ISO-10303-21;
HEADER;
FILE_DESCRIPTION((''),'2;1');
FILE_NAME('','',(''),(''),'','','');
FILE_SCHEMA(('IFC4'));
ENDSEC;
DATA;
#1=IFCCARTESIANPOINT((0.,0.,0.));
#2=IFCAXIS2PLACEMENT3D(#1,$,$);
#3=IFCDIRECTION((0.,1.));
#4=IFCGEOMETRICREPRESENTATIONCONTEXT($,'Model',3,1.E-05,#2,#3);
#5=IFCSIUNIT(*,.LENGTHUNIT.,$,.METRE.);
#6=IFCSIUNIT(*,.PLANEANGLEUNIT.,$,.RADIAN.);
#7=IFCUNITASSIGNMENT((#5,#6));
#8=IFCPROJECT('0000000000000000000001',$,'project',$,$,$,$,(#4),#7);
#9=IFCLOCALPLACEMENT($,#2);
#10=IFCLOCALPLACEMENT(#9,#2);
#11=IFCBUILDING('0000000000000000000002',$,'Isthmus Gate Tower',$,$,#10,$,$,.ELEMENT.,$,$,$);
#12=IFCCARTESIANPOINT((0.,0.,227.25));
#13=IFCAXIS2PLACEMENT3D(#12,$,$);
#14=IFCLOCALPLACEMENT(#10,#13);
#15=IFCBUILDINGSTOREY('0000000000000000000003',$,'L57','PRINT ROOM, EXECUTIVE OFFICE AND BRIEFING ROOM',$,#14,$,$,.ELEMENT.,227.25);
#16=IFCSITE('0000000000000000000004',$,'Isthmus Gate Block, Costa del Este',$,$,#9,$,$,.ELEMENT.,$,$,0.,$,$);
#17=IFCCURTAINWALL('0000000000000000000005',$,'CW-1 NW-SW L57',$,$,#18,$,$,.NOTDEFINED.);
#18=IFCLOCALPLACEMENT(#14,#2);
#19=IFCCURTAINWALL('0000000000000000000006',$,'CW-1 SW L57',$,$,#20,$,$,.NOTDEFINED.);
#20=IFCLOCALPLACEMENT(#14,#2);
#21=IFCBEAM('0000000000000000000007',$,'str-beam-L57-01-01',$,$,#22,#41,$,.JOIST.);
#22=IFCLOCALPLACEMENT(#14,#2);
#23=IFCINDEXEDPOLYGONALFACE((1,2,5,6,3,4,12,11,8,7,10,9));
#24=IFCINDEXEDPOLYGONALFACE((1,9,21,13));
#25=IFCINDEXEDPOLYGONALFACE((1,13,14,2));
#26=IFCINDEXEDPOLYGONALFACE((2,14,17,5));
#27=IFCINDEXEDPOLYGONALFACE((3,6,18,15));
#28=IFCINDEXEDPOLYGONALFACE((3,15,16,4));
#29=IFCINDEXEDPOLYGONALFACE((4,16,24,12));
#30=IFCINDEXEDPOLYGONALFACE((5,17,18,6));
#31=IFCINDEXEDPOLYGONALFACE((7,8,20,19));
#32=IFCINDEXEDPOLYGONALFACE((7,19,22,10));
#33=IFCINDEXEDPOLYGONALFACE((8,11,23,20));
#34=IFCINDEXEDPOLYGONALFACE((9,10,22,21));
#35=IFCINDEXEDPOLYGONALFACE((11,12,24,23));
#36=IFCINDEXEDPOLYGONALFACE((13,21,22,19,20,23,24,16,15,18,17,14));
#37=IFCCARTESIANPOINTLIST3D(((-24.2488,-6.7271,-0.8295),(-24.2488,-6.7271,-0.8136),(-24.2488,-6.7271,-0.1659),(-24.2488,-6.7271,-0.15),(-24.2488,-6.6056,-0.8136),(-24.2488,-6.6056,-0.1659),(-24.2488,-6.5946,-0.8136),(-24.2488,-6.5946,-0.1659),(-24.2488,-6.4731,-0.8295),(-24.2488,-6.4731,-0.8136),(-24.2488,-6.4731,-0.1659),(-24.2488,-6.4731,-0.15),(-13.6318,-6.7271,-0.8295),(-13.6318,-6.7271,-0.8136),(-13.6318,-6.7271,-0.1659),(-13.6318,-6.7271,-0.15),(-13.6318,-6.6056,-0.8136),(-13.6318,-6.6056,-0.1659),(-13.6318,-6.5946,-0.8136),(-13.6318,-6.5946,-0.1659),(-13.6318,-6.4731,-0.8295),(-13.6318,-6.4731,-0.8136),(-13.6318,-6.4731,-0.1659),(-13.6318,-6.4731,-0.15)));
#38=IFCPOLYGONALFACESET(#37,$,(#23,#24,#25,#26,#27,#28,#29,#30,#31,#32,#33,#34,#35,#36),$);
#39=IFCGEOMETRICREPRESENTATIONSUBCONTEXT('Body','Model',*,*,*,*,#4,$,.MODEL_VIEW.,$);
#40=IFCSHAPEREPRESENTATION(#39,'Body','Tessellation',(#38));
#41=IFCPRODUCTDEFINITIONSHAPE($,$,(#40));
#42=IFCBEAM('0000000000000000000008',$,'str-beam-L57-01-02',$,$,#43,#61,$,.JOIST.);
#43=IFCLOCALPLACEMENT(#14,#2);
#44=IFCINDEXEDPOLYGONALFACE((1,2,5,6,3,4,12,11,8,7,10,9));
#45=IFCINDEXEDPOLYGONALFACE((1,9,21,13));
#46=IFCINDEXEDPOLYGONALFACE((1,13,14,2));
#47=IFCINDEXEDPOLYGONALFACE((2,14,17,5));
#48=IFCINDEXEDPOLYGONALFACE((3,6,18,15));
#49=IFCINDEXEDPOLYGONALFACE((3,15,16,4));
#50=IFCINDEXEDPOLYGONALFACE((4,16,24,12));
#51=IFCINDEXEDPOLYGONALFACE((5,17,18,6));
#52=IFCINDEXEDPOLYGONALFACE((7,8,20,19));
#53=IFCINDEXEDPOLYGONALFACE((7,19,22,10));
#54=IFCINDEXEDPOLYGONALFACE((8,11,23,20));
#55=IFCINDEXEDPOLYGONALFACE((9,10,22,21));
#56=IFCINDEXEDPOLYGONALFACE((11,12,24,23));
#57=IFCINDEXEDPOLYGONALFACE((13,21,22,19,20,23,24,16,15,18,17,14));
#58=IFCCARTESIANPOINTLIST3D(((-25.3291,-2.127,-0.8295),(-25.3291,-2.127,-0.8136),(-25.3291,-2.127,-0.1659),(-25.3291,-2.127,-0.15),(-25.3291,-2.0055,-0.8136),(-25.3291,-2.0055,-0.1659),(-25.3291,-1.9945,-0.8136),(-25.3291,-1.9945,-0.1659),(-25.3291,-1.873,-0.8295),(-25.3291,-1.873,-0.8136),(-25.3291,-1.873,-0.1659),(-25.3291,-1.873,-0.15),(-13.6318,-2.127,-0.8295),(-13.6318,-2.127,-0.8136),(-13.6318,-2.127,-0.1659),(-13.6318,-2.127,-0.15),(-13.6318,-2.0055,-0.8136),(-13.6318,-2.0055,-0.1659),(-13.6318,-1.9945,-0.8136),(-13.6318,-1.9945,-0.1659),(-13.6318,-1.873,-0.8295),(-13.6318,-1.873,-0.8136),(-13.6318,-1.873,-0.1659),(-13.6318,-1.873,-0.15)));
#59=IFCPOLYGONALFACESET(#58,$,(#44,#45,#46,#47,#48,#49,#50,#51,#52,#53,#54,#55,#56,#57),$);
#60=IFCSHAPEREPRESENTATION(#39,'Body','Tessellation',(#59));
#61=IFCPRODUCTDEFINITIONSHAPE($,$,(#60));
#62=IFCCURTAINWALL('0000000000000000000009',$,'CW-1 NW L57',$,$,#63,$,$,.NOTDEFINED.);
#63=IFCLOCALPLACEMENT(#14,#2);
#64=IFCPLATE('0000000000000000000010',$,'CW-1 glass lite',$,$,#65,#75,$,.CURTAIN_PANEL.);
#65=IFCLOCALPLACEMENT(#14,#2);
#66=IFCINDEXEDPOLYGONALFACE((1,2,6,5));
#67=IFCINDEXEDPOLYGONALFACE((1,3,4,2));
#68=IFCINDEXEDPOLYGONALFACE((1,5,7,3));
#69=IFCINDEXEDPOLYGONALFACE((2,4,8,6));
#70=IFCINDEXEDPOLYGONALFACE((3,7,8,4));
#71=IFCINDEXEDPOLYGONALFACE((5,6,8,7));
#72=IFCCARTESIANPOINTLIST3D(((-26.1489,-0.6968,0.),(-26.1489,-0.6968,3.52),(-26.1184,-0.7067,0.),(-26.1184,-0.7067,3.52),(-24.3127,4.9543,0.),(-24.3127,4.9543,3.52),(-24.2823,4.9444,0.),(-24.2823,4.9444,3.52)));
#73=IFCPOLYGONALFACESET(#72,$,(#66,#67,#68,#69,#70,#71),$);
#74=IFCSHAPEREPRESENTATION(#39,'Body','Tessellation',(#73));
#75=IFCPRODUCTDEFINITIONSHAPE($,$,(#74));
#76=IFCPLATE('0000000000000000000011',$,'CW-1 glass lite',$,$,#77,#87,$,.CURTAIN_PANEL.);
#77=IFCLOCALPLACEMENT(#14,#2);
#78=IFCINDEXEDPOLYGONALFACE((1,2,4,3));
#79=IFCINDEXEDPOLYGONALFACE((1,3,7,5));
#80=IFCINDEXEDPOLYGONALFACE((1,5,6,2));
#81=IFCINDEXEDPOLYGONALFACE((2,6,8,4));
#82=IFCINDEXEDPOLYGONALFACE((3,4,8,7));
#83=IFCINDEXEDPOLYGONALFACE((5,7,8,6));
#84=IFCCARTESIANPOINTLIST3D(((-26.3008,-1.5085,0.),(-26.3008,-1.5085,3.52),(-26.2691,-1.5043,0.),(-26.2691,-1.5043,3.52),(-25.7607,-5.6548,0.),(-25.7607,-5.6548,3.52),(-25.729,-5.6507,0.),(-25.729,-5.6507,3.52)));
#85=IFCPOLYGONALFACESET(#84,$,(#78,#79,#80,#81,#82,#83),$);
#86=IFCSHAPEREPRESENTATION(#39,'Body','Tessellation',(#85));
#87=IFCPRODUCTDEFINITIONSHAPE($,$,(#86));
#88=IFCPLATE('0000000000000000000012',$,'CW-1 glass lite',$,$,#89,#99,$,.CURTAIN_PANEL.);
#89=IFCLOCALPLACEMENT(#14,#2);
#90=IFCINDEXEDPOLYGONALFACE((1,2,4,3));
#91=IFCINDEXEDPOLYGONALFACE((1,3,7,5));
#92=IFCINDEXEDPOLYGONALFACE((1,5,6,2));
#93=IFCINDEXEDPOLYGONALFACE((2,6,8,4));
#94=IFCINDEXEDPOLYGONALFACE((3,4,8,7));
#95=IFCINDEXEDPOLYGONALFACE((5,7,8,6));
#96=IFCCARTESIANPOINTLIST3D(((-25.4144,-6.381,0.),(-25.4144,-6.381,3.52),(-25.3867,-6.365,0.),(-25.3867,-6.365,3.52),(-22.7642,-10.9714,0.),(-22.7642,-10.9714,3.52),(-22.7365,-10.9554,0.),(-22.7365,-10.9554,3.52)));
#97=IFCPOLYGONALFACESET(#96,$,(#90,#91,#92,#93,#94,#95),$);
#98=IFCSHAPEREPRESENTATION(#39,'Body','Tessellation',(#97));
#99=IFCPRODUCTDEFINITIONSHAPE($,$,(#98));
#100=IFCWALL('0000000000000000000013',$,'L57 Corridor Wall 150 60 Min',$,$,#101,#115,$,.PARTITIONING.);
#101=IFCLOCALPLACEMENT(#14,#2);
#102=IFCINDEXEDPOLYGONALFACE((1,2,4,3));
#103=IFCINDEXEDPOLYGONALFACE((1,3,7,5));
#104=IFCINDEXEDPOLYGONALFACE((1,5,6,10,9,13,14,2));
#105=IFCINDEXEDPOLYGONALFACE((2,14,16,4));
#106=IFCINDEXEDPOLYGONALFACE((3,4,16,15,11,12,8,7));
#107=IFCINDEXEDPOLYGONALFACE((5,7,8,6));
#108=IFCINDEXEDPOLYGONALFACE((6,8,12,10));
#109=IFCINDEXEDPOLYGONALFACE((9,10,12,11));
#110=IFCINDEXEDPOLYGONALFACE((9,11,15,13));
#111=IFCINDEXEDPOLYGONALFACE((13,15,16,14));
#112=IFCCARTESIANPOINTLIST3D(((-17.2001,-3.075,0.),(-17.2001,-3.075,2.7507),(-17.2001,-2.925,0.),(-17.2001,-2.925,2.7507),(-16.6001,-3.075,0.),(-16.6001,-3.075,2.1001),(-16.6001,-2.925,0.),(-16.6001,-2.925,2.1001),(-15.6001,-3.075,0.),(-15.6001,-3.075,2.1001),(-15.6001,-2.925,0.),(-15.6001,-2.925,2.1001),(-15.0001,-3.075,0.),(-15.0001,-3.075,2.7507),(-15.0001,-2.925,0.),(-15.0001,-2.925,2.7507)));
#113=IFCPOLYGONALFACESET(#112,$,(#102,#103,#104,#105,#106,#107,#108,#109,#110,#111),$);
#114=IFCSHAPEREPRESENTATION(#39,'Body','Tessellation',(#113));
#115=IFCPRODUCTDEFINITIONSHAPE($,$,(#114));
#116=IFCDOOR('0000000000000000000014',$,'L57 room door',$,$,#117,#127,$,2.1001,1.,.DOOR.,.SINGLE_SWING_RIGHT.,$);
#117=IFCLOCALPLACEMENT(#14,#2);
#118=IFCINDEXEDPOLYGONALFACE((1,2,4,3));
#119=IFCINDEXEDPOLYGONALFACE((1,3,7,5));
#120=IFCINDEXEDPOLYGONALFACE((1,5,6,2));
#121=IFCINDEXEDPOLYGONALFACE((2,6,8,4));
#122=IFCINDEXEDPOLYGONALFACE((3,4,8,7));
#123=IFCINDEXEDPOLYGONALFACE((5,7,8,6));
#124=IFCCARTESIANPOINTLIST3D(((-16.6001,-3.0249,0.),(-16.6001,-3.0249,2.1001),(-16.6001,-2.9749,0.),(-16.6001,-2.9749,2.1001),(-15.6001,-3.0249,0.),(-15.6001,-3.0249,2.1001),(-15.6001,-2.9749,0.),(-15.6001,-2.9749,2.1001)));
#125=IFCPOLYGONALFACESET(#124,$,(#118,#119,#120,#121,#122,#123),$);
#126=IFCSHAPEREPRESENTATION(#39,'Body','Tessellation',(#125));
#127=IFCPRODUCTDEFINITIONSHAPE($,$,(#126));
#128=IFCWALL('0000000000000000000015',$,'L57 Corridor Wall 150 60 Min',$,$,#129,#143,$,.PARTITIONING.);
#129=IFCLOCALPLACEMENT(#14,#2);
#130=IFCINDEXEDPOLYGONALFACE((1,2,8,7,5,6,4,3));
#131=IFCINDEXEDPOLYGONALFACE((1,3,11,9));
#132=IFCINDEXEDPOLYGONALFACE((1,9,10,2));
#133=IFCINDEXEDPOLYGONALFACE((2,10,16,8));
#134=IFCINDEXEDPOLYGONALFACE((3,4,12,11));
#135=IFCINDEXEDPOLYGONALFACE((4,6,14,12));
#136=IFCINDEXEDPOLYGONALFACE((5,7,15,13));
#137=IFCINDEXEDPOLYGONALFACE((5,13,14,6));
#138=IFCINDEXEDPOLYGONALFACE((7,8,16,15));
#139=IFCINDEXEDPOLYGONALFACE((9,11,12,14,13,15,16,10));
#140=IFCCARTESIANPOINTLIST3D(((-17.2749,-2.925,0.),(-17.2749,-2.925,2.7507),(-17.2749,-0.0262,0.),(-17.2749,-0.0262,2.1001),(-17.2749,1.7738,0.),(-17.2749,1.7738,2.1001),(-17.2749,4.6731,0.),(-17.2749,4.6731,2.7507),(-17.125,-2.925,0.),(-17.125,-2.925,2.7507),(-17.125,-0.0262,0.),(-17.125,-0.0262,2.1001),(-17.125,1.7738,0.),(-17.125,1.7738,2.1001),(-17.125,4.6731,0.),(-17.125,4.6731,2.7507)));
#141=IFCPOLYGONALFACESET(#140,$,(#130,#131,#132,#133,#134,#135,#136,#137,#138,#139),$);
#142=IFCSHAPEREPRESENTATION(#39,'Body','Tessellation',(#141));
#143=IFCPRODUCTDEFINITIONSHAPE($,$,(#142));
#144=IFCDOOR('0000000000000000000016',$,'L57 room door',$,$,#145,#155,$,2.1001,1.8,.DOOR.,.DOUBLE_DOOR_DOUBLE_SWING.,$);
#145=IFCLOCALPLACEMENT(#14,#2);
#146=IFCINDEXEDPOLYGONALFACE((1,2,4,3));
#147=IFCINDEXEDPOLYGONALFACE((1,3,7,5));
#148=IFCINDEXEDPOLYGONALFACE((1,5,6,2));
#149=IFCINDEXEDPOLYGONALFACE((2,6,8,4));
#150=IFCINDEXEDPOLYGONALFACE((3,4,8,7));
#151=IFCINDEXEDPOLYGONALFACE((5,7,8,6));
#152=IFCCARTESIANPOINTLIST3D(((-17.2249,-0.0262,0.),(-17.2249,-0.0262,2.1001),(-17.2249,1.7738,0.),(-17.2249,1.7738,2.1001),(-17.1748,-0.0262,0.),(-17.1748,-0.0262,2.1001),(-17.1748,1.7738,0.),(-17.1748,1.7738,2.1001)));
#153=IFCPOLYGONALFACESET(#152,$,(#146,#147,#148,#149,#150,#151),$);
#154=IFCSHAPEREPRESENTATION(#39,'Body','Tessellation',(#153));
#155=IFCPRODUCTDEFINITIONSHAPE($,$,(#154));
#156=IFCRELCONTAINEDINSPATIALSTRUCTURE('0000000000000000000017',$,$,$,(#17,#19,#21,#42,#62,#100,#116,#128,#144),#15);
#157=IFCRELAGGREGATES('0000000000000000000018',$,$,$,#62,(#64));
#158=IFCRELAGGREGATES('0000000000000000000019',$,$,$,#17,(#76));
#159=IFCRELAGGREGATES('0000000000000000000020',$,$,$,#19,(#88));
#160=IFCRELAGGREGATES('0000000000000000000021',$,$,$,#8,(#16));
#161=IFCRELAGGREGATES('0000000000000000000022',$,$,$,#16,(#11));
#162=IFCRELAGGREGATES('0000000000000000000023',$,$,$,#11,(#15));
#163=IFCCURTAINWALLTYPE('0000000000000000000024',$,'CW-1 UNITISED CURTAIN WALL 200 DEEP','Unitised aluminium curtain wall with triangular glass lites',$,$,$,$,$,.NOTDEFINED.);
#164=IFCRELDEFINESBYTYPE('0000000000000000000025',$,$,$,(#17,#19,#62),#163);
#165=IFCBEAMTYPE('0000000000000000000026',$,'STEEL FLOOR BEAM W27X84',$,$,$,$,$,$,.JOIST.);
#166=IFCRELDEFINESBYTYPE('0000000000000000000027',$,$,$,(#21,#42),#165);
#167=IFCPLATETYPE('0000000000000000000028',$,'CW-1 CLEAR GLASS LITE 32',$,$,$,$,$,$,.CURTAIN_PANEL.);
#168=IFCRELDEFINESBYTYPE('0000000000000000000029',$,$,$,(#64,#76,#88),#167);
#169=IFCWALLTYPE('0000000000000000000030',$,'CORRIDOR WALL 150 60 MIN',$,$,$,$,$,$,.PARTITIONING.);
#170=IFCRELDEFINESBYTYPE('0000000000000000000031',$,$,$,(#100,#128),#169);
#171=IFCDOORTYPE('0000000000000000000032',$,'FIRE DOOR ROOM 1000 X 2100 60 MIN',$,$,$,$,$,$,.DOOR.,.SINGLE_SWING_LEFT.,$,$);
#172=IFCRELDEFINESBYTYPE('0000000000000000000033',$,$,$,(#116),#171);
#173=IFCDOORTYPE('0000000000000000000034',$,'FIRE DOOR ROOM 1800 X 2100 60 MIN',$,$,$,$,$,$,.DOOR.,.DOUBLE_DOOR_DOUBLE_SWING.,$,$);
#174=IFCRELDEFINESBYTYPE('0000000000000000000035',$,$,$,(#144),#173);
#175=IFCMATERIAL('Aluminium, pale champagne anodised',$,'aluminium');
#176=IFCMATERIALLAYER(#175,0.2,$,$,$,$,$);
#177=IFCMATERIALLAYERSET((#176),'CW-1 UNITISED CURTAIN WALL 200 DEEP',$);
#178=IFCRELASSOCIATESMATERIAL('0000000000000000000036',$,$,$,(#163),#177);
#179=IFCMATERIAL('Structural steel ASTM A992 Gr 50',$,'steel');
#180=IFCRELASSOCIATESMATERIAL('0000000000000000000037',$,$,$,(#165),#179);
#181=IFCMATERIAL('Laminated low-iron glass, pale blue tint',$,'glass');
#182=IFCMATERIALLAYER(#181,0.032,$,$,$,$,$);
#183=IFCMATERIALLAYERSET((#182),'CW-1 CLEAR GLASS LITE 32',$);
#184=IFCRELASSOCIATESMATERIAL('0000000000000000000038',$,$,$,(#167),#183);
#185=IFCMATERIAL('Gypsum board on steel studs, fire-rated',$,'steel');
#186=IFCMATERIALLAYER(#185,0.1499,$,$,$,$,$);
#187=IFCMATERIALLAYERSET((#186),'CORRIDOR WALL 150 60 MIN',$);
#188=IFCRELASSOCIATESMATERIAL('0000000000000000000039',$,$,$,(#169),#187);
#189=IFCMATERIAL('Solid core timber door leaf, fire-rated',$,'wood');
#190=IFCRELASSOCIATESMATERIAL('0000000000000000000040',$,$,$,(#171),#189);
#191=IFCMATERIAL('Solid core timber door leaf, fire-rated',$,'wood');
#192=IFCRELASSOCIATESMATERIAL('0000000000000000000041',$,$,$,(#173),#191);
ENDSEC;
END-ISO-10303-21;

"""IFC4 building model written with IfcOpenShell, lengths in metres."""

from ifc_helpers import new_model, si_unit, direction, frame, frame_2d, origin, origin_2d, place, context, subcontext, project, spatial, rectangle, i_section, extrude, material, layer, layer_set, material_profile, profile_set, type_object, element, fill, aggregate, save


model = new_model("IFC4")

# Units and contexts
model_context = context("Model", 3, precision=1e-05, world=origin(), true_north=direction((0.0, 1.0)))
body_context = subcontext(model_context, "Body", "Model", "MODEL_VIEW")
ifc_project = project(units=[si_unit("LENGTHUNIT", "METRE"), si_unit("PLANEANGLEUNIT", "RADIAN")], contexts=[model_context])

# Site, building, storey
site_placement = place(None, origin())
site = spatial("IfcSite", under=ifc_project, at=site_placement, Name="Isthmus Gate Block, Costa del Este", CompositionType="ELEMENT", RefElevation=0.0)
building_placement = place(site_placement, origin())
building = spatial("IfcBuilding", under=site, at=building_placement, Name="Isthmus Gate Tower", CompositionType="ELEMENT")
storey_placement = place(building_placement, frame((0.0, 0.0, 227.25)))
storey = spatial("IfcBuildingStorey", under=building, at=storey_placement, Name="L57", Description="PRINT ROOM, EXECUTIVE OFFICE AND BRIEFING ROOM", CompositionType="ELEMENT", Elevation=227.25)

# Curtain walls
ifc_material_1 = material(Name="Aluminium, pale champagne anodised", Category="aluminium")
ifc_layer_1 = layer(ifc_material_1, 0.2)
ifc_layer_set_1 = layer_set([ifc_layer_1], Name="CW-1 UNITISED CURTAIN WALL 200 DEEP")
curtain_wall_type = type_object("IfcCurtainWallType", Name="CW-1 UNITISED CURTAIN WALL 200 DEEP", Description="Unitised aluminium curtain wall with triangular glass lites", PredefinedType="NOTDEFINED", material=ifc_layer_set_1)
curtain_wall_1_placement = place(storey_placement, origin())
curtain_wall_1 = element("IfcCurtainWall", 1, at=curtain_wall_1_placement, inside=storey, type_object=curtain_wall_type, Name="CW-1 NW-SW L57", PredefinedType="NOTDEFINED")
curtain_wall_2_placement = place(storey_placement, origin())
curtain_wall_2 = element("IfcCurtainWall", 2, at=curtain_wall_2_placement, inside=storey, type_object=curtain_wall_type, Name="CW-1 SW L57", PredefinedType="NOTDEFINED")

# Beams
ifc_material_2 = material(Name="Structural steel ASTM A992 Gr 50", Category="steel")
ifc_material_profile_1 = material_profile(ifc_material_2, i_section(OverallWidth=0.2539, OverallDepth=0.6794, WebThickness=0.011, FlangeThickness=0.0159, at=origin_2d()), Name="W27X84")
ifc_profile_set_1 = profile_set([ifc_material_profile_1], Name="Structural steel ASTM A992 Gr 50")
beam_type_1 = type_object("IfcBeamType", Name="STEEL FLOOR BEAM W27X84", PredefinedType="JOIST", material=ifc_profile_set_1)
beam_1_placement = place(storey_placement, frame((-24.2488, -6.6001, -0.4897), z_axis=(1.0, 0.0, 0.0), x_axis=(0.0, 1.0, 0.0)))
element("IfcBeam", 3, at=beam_1_placement, inside=storey, type_object=beam_type_1, Name="str-beam-L57-01-01", PredefinedType="JOIST", context=body_context, shape_type="SweptSolid", body=[
    extrude(i_section(OverallWidth=0.2539, OverallDepth=0.6794, WebThickness=0.011, FlangeThickness=0.0159, at=origin_2d()), origin(), (0.0, 0.0, 1.0), 10.6169),
])
beam_2_placement = place(storey_placement, frame((-25.3291, -2.0, -0.4897), z_axis=(1.0, 0.0, 0.0), x_axis=(0.0, 1.0, 0.0)))
element("IfcBeam", 4, at=beam_2_placement, inside=storey, type_object=beam_type_1, Name="str-beam-L57-01-02", PredefinedType="JOIST", context=body_context, shape_type="SweptSolid", body=[
    extrude(i_section(OverallWidth=0.2539, OverallDepth=0.6794, WebThickness=0.011, FlangeThickness=0.0159, at=origin_2d()), origin(), (0.0, 0.0, 1.0), 11.6973),
])

# Curtain wall, plate
curtain_wall_3_placement = place(storey_placement, origin())
curtain_wall_3 = element("IfcCurtainWall", 5, at=curtain_wall_3_placement, inside=storey, type_object=curtain_wall_type, Name="CW-1 NW L57", PredefinedType="NOTDEFINED")
ifc_material_3 = material(Name="Laminated low-iron glass, pale blue tint", Category="glass")
ifc_layer_2 = layer(ifc_material_3, 0.032)
ifc_layer_set_2 = layer_set([ifc_layer_2], Name="CW-1 CLEAR GLASS LITE 32")
plate_type = type_object("IfcPlateType", Name="CW-1 CLEAR GLASS LITE 32", PredefinedType="CURTAIN_PANEL", material=ifc_layer_set_2)
plate_1_placement = place(storey_placement, frame((-25.2156, 2.1238, 0.0), z_axis=(0.0, 0.0, 1.0), x_axis=(-0.309017, -0.951057, 0.0)))
plate_1 = element("IfcPlate", 6, at=plate_1_placement, type_object=plate_type, Name="CW-1 glass lite", PredefinedType="CURTAIN_PANEL", context=body_context, shape_type="SweptSolid", body=[
    extrude(rectangle(XDim=5.9419, YDim=0.032, at=origin_2d()), origin(), (0.0, 0.0, 1.0), 3.52),
])
aggregate(curtain_wall_3, [plate_1])

# Plates
plate_2_placement = place(storey_placement, frame((-26.0149, -3.5796, 0.0), z_axis=(0.0, 0.0, 1.0), x_axis=(0.129165, -0.991623, 0.0)))
plate_2 = element("IfcPlate", 7, at=plate_2_placement, type_object=plate_type, Name="CW-1 glass lite", PredefinedType="CURTAIN_PANEL", context=body_context, shape_type="SweptSolid", body=[
    extrude(rectangle(XDim=4.1814, YDim=0.032, at=origin_2d()), origin(), (0.0, 0.0, 1.0), 3.52),
])
aggregate(curtain_wall_1, [plate_2])
plate_3_placement = place(storey_placement, frame((-24.0754, -8.6682, 0.0), z_axis=(0.0, 0.0, 1.0), x_axis=(0.5, -0.866025, 0.0)))
plate_3 = element("IfcPlate", 8, at=plate_3_placement, type_object=plate_type, Name="CW-1 glass lite", PredefinedType="CURTAIN_PANEL", context=body_context, shape_type="SweptSolid", body=[
    extrude(rectangle(XDim=5.3005, YDim=0.032, at=origin_2d()), origin(), (0.0, 0.0, 1.0), 3.52),
])
aggregate(curtain_wall_2, [plate_3])

# Walls, openings, doors
ifc_material_4 = material(Name="Gypsum board on steel studs, fire-rated", Category="steel")
ifc_layer_3 = layer(ifc_material_4, 0.1499)
ifc_layer_set_3 = layer_set([ifc_layer_3], Name="CORRIDOR WALL 150 60 MIN")
wall_type_1 = type_object("IfcWallType", Name="CORRIDOR WALL 150 60 MIN", PredefinedType="PARTITIONING", material=ifc_layer_set_3)
wall_1_placement = place(storey_placement, frame((-15.0, -3.0, 0.0), z_axis=(0.0, 0.0, 1.0), x_axis=(-1.0, 0.0, 0.0)))
wall_1 = element("IfcWall", 9, at=wall_1_placement, inside=storey, type_object=wall_type_1, Name="L57 Corridor Wall 150 60 Min", PredefinedType="PARTITIONING", context=body_context, shape_type="SweptSolid", body=[
    extrude(rectangle(XDim=2.2, YDim=0.1499, at=frame_2d((1.1001, 0.0))), origin(), (0.0, 0.0, 1.0), 2.7507),
])
opening_1_placement = place(wall_1_placement, frame((0.6001, 0.0, 0.0)))
opening_1 = element("IfcOpeningElement", 10, at=opening_1_placement, cuts=wall_1, PredefinedType="OPENING", context=body_context, shape_type="SweptSolid", body=[
    extrude(rectangle(XDim=1.0, YDim=2.1001, at=frame_2d((0.5, 1.05))), frame((0.0, 0.085, 0.0), z_axis=(0.0, -1.0, 0.0), x_axis=(1.0, 0.0, 0.0)), (0.0, 0.0, 1.0), 0.1699),
])
ifc_material_5 = material(Name="Solid core timber door leaf, fire-rated", Category="wood")
door_type_1 = type_object("IfcDoorType", Name="FIRE DOOR ROOM 1000 X 2100 60 MIN", OperationType="SINGLE_SWING_LEFT", PredefinedType="DOOR", material=ifc_material_5)
door_1_placement = place(opening_1_placement, origin())
door_1 = element("IfcDoor", 11, at=door_1_placement, inside=storey, type_object=door_type_1, Name="L57 room door", OperationType="SINGLE_SWING_RIGHT", OverallHeight=2.1001, OverallWidth=1.0, PredefinedType="DOOR", context=body_context, shape_type="SweptSolid", body=[
    extrude(rectangle(XDim=1.0, YDim=2.1001, at=frame_2d((0.5, 1.05))), frame((0.0, 0.0249, 0.0), z_axis=(0.0, -1.0, 0.0), x_axis=(1.0, 0.0, 0.0)), (0.0, 0.0, 1.0), 0.05),
])
fill(opening_1, door_1)
wall_2_placement = place(storey_placement, frame((-17.2, -2.925, 0.0), z_axis=(0.0, 0.0, 1.0), x_axis=(0.0, 1.0, 0.0)))
wall_2 = element("IfcWall", 12, at=wall_2_placement, inside=storey, type_object=wall_type_1, Name="L57 Corridor Wall 150 60 Min", PredefinedType="PARTITIONING", context=body_context, shape_type="SweptSolid", body=[
    extrude(rectangle(XDim=7.5981, YDim=0.1499, at=frame_2d((3.7991, 0.0))), origin(), (0.0, 0.0, 1.0), 2.7507),
])
opening_2_placement = place(wall_2_placement, frame((2.8989, 0.0, 0.0)))
opening_2 = element("IfcOpeningElement", 13, at=opening_2_placement, cuts=wall_2, PredefinedType="OPENING", context=body_context, shape_type="SweptSolid", body=[
    extrude(rectangle(XDim=1.8, YDim=2.1001, at=frame_2d((0.8999, 1.05))), frame((0.0, 0.085, 0.0), z_axis=(0.0, -1.0, 0.0), x_axis=(1.0, 0.0, 0.0)), (0.0, 0.0, 1.0), 0.1699),
])
ifc_material_6 = material(Name="Solid core timber door leaf, fire-rated", Category="wood")
door_type_2 = type_object("IfcDoorType", Name="FIRE DOOR ROOM 1800 X 2100 60 MIN", OperationType="DOUBLE_DOOR_DOUBLE_SWING", PredefinedType="DOOR", material=ifc_material_6)
door_2_placement = place(opening_2_placement, origin())
door_2 = element("IfcDoor", 14, at=door_2_placement, inside=storey, type_object=door_type_2, Name="L57 room door", OperationType="DOUBLE_DOOR_DOUBLE_SWING", OverallHeight=2.1001, OverallWidth=1.8, PredefinedType="DOOR", context=body_context, shape_type="SweptSolid", body=[
    extrude(rectangle(XDim=1.8, YDim=2.1001, at=frame_2d((0.8999, 1.05))), frame((0.0, 0.0249, 0.0), z_axis=(0.0, -1.0, 0.0), x_axis=(1.0, 0.0, 0.0)), (0.0, 0.0, 1.0), 0.05),
])
fill(opening_2, door_2)

save(model, "model.ifc")
